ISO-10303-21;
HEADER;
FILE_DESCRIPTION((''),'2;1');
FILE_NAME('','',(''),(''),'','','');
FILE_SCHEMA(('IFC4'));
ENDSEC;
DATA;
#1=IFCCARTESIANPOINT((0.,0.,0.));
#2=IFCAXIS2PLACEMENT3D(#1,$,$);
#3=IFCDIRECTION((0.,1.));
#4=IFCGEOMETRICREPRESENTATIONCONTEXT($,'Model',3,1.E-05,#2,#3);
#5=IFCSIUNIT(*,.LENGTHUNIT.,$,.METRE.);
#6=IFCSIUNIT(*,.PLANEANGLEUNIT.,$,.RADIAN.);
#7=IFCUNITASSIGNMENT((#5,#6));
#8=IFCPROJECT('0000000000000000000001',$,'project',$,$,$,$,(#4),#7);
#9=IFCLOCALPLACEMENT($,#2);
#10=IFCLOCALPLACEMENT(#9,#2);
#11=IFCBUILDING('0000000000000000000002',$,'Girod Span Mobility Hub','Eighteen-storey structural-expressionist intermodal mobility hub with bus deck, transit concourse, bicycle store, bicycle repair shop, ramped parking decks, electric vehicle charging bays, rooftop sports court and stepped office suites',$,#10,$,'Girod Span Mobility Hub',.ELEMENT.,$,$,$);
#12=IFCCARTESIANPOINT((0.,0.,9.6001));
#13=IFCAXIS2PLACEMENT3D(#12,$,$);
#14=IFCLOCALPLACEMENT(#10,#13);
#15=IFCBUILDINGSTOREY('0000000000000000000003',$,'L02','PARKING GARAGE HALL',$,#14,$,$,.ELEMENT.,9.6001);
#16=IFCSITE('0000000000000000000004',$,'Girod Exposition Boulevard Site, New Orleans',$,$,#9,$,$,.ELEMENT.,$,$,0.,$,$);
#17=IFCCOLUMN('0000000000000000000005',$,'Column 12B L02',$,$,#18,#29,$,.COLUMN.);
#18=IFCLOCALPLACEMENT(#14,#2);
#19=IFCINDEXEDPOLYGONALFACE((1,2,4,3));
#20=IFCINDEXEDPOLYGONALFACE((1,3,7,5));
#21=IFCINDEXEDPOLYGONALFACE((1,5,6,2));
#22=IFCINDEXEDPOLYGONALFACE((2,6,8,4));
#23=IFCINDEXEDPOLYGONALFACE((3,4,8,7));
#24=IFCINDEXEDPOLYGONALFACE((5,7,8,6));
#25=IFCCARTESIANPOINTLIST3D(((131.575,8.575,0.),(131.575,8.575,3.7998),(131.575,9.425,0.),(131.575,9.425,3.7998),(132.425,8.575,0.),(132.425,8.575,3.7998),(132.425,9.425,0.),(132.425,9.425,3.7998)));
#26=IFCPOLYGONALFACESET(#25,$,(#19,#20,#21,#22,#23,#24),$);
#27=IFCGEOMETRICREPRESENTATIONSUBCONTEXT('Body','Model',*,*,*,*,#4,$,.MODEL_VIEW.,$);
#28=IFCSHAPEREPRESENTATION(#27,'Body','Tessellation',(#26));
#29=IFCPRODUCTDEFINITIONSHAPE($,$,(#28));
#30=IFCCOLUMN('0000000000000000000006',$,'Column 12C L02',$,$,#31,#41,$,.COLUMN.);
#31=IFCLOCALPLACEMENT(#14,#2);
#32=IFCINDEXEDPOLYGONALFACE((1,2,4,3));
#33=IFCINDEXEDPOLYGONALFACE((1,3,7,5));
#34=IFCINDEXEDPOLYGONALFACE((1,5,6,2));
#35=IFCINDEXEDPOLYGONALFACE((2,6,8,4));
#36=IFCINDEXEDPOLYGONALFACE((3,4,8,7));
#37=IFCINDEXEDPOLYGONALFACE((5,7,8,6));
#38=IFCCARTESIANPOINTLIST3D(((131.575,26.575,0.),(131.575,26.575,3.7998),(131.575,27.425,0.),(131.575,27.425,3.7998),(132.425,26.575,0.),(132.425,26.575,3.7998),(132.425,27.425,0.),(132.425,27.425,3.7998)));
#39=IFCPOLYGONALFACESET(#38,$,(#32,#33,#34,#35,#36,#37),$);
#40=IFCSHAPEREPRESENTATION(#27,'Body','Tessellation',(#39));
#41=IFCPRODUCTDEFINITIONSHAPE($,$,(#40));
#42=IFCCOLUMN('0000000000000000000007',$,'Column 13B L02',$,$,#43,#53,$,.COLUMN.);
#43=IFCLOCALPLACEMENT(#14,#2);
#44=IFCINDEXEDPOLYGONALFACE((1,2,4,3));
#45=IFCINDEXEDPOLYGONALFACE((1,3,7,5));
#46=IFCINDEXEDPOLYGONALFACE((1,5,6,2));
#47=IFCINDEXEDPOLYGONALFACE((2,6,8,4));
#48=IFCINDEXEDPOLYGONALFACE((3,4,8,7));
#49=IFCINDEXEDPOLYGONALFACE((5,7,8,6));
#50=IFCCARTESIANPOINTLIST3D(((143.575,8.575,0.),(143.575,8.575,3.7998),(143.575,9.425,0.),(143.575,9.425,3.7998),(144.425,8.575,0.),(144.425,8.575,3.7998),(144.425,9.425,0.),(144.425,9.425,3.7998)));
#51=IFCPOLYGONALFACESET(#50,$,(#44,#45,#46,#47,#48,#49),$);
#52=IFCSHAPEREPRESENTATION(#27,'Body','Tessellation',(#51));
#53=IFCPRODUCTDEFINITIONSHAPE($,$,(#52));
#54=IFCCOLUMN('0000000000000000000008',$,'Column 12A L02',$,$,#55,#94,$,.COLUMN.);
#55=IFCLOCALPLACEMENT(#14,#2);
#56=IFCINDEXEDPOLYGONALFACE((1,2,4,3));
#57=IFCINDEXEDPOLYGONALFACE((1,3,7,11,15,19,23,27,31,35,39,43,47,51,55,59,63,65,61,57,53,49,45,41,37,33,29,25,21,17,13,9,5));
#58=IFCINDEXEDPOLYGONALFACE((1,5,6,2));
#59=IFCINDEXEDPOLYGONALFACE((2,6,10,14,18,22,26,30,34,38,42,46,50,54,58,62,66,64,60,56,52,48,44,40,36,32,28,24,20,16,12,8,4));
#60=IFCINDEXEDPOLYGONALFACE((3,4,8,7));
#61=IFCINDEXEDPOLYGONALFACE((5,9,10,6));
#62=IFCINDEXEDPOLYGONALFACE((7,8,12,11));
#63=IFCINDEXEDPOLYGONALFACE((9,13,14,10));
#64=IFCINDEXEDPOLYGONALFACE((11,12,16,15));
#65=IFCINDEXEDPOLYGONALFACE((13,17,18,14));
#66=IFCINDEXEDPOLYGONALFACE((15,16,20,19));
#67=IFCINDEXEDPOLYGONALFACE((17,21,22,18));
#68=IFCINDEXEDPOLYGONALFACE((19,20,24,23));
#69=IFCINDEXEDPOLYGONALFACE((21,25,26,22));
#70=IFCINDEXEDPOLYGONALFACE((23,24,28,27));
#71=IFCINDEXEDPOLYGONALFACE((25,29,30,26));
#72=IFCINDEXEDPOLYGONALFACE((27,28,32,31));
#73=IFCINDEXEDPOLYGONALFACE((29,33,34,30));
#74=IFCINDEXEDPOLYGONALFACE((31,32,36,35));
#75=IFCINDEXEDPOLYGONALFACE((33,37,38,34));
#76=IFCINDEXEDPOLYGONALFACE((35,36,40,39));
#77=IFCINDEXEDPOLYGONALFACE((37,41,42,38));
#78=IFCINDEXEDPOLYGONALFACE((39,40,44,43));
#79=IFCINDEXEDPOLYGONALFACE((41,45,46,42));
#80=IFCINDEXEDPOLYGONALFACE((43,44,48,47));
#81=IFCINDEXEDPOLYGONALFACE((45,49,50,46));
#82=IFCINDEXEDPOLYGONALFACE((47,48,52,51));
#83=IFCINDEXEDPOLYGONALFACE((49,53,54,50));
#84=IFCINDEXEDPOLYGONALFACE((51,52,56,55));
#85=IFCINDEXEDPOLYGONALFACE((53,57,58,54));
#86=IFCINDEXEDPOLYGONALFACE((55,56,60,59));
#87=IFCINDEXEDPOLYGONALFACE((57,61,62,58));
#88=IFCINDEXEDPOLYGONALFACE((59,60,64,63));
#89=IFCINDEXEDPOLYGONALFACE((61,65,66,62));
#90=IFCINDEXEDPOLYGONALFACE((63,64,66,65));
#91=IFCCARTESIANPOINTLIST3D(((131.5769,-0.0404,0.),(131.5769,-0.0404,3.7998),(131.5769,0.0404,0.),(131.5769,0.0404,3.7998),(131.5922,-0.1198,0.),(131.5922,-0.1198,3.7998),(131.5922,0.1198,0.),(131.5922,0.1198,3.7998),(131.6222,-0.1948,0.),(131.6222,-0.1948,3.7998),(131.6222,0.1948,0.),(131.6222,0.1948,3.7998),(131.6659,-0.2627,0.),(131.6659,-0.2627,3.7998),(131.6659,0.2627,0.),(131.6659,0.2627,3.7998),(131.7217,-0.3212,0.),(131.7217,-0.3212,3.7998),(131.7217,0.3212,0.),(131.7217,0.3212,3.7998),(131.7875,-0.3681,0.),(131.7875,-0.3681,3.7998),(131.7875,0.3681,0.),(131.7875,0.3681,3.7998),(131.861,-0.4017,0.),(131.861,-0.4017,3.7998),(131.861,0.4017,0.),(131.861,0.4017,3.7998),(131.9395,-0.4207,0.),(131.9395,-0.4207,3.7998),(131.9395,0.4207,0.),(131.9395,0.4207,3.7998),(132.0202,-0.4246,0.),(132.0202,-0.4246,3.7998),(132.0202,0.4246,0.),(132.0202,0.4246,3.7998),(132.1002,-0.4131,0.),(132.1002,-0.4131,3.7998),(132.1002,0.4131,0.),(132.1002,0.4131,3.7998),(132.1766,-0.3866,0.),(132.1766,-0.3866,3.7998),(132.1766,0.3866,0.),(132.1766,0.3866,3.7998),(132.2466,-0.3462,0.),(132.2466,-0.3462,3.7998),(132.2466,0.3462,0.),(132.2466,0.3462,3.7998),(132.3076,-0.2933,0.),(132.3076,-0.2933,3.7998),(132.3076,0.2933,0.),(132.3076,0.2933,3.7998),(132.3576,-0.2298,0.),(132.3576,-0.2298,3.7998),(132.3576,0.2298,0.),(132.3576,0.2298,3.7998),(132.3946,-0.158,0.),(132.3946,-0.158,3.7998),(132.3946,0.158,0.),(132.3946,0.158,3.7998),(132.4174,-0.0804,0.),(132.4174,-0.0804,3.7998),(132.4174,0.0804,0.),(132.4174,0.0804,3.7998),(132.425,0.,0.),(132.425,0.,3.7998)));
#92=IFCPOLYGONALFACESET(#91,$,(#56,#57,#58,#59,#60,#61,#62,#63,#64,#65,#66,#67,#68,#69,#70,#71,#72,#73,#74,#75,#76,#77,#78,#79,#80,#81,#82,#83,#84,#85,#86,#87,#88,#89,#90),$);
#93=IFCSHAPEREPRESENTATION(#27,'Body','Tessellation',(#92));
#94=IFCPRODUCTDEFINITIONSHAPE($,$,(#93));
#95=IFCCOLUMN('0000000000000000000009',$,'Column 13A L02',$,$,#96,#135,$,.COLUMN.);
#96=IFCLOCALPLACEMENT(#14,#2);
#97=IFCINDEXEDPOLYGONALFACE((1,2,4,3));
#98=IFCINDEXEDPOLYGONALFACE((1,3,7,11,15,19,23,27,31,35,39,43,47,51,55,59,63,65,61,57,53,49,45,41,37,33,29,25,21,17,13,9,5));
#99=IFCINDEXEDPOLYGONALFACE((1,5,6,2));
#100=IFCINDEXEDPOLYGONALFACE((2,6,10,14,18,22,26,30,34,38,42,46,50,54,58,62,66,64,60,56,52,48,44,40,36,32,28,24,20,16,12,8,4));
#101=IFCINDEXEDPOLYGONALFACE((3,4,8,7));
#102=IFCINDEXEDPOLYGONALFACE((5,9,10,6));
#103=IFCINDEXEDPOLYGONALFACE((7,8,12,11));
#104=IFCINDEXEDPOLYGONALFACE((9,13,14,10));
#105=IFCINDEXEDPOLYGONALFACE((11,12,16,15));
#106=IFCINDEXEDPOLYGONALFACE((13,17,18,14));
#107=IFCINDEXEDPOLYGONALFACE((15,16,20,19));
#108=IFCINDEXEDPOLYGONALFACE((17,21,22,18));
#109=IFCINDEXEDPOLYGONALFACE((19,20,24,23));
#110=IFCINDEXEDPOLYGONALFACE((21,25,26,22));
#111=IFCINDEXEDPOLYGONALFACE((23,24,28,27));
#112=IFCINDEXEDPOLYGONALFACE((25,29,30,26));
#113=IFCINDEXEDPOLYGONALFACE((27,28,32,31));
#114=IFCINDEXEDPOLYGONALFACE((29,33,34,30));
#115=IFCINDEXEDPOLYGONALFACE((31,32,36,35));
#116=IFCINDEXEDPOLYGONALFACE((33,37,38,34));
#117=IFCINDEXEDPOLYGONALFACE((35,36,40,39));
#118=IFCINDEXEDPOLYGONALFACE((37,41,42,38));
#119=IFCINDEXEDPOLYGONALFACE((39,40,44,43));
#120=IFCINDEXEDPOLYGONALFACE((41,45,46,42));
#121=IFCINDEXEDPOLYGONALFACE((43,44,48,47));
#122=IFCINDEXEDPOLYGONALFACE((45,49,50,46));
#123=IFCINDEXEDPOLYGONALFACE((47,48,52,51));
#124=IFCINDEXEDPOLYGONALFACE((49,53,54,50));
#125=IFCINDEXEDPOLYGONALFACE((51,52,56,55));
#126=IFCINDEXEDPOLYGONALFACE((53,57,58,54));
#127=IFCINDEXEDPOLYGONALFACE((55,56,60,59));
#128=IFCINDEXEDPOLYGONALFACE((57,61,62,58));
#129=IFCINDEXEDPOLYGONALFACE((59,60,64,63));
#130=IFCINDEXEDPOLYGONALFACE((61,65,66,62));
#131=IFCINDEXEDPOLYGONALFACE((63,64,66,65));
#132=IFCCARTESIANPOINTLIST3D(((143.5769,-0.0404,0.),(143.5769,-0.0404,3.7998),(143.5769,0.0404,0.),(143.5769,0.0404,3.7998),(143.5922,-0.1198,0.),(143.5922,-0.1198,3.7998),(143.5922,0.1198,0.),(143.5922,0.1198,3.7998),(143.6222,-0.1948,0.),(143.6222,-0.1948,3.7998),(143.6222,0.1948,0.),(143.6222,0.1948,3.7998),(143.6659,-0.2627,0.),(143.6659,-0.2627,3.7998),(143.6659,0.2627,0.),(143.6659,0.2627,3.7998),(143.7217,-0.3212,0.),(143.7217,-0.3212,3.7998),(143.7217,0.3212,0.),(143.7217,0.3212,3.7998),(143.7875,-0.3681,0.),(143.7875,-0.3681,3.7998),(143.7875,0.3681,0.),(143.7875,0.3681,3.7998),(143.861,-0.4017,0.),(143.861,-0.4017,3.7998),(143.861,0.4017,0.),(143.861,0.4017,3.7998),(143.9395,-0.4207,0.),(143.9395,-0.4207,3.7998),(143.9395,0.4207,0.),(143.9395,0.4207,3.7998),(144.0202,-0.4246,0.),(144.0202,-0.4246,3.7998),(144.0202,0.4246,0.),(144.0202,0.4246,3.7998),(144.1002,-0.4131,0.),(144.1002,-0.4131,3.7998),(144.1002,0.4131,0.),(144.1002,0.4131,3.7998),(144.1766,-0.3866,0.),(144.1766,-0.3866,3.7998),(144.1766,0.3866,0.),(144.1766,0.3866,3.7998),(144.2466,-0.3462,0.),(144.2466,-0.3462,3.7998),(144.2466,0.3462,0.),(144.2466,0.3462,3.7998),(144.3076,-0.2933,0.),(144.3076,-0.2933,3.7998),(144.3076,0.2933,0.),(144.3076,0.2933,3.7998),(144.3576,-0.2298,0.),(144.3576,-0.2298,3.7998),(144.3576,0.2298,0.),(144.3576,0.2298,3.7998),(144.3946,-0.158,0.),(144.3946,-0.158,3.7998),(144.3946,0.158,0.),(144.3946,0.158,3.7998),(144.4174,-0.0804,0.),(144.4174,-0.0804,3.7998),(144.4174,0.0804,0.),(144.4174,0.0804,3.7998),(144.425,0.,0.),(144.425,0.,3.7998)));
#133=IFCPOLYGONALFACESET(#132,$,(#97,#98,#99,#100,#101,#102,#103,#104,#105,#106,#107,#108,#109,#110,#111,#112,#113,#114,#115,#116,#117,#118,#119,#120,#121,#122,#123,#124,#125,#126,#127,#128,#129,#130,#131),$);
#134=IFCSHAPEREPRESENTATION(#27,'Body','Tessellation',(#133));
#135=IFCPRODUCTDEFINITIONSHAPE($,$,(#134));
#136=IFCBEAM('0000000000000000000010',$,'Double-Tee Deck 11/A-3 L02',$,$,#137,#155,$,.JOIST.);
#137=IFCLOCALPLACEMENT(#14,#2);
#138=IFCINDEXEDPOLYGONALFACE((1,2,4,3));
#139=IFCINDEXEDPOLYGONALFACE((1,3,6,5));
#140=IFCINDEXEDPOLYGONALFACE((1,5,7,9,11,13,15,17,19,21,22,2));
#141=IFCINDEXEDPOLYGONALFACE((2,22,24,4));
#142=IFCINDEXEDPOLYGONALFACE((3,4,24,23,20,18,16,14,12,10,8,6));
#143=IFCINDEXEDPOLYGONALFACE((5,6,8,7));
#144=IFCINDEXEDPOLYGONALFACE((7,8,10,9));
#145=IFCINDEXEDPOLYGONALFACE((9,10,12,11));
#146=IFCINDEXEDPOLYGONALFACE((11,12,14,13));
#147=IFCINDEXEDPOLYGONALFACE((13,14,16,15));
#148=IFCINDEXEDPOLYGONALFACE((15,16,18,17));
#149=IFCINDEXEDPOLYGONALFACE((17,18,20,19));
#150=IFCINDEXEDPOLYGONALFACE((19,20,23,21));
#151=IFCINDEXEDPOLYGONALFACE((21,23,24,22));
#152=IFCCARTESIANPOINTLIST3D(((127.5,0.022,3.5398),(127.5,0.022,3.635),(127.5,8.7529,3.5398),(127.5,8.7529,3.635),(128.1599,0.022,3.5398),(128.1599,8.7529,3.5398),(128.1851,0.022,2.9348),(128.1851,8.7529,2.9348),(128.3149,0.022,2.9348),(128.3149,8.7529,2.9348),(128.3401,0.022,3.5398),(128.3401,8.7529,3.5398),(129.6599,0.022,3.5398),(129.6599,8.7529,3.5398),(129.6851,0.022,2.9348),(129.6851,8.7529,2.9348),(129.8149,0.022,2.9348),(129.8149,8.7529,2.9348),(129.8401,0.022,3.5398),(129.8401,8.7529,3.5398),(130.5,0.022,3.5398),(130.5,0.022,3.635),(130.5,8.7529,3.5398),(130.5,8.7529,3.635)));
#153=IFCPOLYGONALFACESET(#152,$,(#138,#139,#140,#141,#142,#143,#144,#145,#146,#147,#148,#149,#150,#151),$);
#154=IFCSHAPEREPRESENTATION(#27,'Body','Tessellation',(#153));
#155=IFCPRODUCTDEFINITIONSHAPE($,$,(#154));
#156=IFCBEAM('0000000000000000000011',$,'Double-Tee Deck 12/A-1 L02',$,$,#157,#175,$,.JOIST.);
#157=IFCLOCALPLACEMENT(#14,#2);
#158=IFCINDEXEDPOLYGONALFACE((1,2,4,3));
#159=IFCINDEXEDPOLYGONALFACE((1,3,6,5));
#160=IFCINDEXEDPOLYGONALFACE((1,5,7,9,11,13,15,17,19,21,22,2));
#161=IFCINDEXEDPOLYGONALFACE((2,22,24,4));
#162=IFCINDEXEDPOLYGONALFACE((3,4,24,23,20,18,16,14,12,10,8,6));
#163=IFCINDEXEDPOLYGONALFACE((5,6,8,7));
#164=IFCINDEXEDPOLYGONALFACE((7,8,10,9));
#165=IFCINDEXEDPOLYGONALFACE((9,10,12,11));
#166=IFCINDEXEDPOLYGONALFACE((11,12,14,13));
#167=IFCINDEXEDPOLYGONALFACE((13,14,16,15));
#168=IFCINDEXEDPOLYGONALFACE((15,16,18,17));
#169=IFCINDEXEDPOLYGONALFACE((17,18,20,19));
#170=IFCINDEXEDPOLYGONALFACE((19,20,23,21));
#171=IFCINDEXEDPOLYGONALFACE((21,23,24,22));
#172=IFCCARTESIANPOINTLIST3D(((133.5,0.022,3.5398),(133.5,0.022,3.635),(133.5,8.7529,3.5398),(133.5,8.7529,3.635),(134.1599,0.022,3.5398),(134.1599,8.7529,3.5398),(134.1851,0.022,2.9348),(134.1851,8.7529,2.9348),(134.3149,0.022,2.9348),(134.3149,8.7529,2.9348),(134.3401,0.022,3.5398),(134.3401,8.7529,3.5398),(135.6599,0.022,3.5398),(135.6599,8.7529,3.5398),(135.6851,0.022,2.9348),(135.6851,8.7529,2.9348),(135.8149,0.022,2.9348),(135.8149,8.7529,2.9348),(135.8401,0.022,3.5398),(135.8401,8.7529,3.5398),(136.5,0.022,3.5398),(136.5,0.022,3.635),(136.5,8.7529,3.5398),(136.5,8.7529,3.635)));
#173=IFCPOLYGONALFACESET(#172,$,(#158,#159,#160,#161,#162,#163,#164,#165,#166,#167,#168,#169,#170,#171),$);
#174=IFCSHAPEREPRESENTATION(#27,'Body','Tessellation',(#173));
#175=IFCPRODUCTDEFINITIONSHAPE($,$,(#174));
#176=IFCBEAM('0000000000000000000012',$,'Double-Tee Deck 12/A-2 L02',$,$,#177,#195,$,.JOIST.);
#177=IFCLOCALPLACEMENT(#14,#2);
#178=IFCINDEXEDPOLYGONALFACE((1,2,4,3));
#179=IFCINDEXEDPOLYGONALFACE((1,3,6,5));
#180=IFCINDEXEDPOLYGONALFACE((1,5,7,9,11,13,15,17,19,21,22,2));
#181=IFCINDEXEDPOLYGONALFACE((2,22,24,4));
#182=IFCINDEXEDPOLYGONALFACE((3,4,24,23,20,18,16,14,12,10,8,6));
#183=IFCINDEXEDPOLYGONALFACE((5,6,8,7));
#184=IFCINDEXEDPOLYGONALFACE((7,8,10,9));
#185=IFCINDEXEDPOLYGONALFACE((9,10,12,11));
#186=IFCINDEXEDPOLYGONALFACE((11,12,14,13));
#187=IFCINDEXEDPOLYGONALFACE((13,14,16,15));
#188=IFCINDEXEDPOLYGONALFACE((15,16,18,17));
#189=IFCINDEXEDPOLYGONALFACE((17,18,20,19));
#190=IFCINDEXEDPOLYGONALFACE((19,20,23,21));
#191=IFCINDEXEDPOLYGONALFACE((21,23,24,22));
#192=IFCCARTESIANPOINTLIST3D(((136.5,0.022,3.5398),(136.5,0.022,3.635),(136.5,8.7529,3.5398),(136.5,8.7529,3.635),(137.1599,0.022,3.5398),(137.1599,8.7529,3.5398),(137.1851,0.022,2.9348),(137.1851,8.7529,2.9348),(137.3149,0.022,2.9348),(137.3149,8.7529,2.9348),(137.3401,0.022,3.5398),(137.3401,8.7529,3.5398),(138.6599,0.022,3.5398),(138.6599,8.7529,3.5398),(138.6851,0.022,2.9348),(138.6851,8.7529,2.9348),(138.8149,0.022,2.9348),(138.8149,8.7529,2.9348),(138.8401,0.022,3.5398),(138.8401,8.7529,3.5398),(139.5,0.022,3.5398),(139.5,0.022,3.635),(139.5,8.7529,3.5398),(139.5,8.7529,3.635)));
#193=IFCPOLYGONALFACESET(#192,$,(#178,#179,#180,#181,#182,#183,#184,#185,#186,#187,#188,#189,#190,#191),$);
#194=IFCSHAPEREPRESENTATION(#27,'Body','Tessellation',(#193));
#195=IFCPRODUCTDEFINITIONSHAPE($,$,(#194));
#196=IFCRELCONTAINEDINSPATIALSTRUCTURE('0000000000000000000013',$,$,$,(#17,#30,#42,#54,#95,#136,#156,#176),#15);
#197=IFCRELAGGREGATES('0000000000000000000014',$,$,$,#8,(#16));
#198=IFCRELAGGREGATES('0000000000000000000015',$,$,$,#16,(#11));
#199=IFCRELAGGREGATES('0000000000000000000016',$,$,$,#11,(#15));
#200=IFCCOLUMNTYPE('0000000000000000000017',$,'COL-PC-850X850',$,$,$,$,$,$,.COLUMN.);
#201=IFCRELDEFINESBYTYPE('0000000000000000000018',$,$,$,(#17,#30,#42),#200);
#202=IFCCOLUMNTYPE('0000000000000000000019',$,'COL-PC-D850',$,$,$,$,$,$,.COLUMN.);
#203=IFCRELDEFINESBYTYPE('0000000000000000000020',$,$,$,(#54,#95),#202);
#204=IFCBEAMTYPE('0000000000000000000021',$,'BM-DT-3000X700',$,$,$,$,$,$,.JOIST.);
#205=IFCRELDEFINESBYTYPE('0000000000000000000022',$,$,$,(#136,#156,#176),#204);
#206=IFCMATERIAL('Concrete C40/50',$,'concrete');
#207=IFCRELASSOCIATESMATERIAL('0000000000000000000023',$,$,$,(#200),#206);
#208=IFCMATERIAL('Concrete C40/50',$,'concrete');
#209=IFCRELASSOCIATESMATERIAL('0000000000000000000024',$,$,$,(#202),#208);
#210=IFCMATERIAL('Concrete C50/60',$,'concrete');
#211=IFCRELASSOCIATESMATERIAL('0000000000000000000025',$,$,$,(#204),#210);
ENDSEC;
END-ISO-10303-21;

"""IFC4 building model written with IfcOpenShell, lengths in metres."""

from ifc_helpers import new_model, si_unit, direction, frame, origin, origin_2d, place, context, subcontext, project, spatial, polyline, rectangle, circle, outline, extrude, material, material_profile, profile_set, type_object, element, save


model = new_model("IFC4")

# Units and contexts
model_context = context("Model", 3, precision=1e-05, world=origin(), true_north=direction((0.0, 1.0)))
body_context = subcontext(model_context, "Body", "Model", "MODEL_VIEW")
ifc_project = project(units=[si_unit("LENGTHUNIT", "METRE"), si_unit("PLANEANGLEUNIT", "RADIAN")], contexts=[model_context])

# Site, building, storey
site_placement = place(None, origin())
site = spatial("IfcSite", under=ifc_project, at=site_placement, Name="Girod Exposition Boulevard Site, New Orleans", CompositionType="ELEMENT", RefElevation=0.0)
building_placement = place(site_placement, origin())
building = spatial("IfcBuilding", under=site, at=building_placement, Name="Girod Span Mobility Hub", Description="Eighteen-storey structural-expressionist intermodal mobility hub with bus deck, transit concourse, bicycle store, bicycle repair shop, ramped parking decks, electric vehicle charging bays, rooftop sports court and stepped office suites", LongName="Girod Span Mobility Hub", CompositionType="ELEMENT")
storey_placement = place(building_placement, frame((0.0, 0.0, 9.6001)))
storey = spatial("IfcBuildingStorey", under=building, at=storey_placement, Name="L02", Description="PARKING GARAGE HALL", CompositionType="ELEMENT", Elevation=9.6001)

# Columns
ifc_material_1 = material(Name="Concrete C40/50", Category="concrete")
ifc_material_profile_1 = material_profile(ifc_material_1, rectangle(XDim=0.8501, YDim=0.8501, at=origin_2d()), Name="PC-COL-850X850")
ifc_profile_set_1 = profile_set([ifc_material_profile_1], Name="Concrete C40/50")
column_type_1 = type_object("IfcColumnType", Name="COL-PC-850X850", PredefinedType="COLUMN", material=ifc_profile_set_1)
for number, where, z_axis, x_axis, name in (
    (1, (132.0, 9.0, 0.0), (0.0, 0.0, 1.0), (1.0, 0.0, 0.0), "Column 12B L02"),
    (2, (132.0, 27.0, 0.0), (0.0, 0.0, 1.0), (1.0, 0.0, 0.0), "Column 12C L02"),
    (3, (144.0, 9.0, 0.0), (0.0, 0.0, 1.0), (1.0, 0.0, 0.0), "Column 13B L02"),
):
    element("IfcColumn", number, at=place(storey_placement, frame(where, z_axis=z_axis, x_axis=x_axis)), inside=storey, type_object=column_type_1, Name=name, PredefinedType="COLUMN", context=body_context, shape_type="SweptSolid", body=[
        extrude(rectangle(XDim=0.8501, YDim=0.8501, at=origin_2d()), origin(), (0.0, 0.0, 1.0), 3.7998),
    ])
ifc_material_2 = material(Name="Concrete C40/50", Category="concrete")
ifc_material_profile_2 = material_profile(ifc_material_2, circle(Radius=0.425, at=origin_2d()), Name="PC-CIR-D850")
ifc_profile_set_2 = profile_set([ifc_material_profile_2], Name="Concrete C40/50")
column_type_2 = type_object("IfcColumnType", Name="COL-PC-D850", PredefinedType="COLUMN", material=ifc_profile_set_2)
for number, where, z_axis, x_axis, name in (
    (4, (132.0, 0.0, 0.0), (0.0, 0.0, 1.0), (1.0, 0.0, 0.0), "Column 12A L02"),
    (5, (144.0, 0.0, 0.0), (0.0, 0.0, 1.0), (1.0, 0.0, 0.0), "Column 13A L02"),
):
    element("IfcColumn", number, at=place(storey_placement, frame(where, z_axis=z_axis, x_axis=x_axis)), inside=storey, type_object=column_type_2, Name=name, PredefinedType="COLUMN", context=body_context, shape_type="SweptSolid", body=[
        extrude(circle(Radius=0.425, at=origin_2d()), origin(), (0.0, 0.0, 1.0), 3.7998),
    ])

# Beams
ifc_material_3 = material(Name="Concrete C50/60", Category="concrete")
ifc_material_profile_3 = material_profile(ifc_material_3, outline(polyline([(-1.5, 0.3501), (-1.5, 0.2549), (-0.8401, 0.2549), (-0.8149, -0.3501), (-0.6851, -0.3501), (-0.6599, 0.2549), (0.6599, 0.2549), (0.6851, -0.3501), (0.8149, -0.3501), (0.8401, 0.2549), (1.5, 0.2549), (1.5, 0.3501), (-1.5, 0.3501)])), Name="DT-3000X700")
ifc_profile_set_3 = profile_set([ifc_material_profile_3], Name="Concrete C50/60")
beam_type_1 = type_object("IfcBeamType", Name="BM-DT-3000X700", PredefinedType="JOIST", material=ifc_profile_set_3)
for number, where, z_axis, x_axis, name in (
    (6, (129.0, 0.022, 3.2849), (0.0, 1.0, 0.0), (-1.0, 0.0, 0.0), "Double-Tee Deck 11/A-3 L02"),
    (7, (135.0, 0.022, 3.2849), (0.0, 1.0, 0.0), (-1.0, 0.0, 0.0), "Double-Tee Deck 12/A-1 L02"),
    (8, (138.0, 0.022, 3.2849), (0.0, 1.0, 0.0), (-1.0, 0.0, 0.0), "Double-Tee Deck 12/A-2 L02"),
):
    element("IfcBeam", number, at=place(storey_placement, frame(where, z_axis=z_axis, x_axis=x_axis)), inside=storey, type_object=beam_type_1, Name=name, PredefinedType="JOIST", context=body_context, shape_type="SweptSolid", body=[
        extrude(outline(polyline([(-1.5, 0.3501), (-1.5, 0.2549), (-0.8401, 0.2549), (-0.8149, -0.3501), (-0.6851, -0.3501), (-0.6599, 0.2549), (0.6599, 0.2549), (0.6851, -0.3501), (0.8149, -0.3501), (0.8401, 0.2549), (1.5, 0.2549), (1.5, 0.3501), (-1.5, 0.3501)])), origin(), (0.0, 0.0, 1.0), 8.731),
    ])

save(model, "model.ifc")
